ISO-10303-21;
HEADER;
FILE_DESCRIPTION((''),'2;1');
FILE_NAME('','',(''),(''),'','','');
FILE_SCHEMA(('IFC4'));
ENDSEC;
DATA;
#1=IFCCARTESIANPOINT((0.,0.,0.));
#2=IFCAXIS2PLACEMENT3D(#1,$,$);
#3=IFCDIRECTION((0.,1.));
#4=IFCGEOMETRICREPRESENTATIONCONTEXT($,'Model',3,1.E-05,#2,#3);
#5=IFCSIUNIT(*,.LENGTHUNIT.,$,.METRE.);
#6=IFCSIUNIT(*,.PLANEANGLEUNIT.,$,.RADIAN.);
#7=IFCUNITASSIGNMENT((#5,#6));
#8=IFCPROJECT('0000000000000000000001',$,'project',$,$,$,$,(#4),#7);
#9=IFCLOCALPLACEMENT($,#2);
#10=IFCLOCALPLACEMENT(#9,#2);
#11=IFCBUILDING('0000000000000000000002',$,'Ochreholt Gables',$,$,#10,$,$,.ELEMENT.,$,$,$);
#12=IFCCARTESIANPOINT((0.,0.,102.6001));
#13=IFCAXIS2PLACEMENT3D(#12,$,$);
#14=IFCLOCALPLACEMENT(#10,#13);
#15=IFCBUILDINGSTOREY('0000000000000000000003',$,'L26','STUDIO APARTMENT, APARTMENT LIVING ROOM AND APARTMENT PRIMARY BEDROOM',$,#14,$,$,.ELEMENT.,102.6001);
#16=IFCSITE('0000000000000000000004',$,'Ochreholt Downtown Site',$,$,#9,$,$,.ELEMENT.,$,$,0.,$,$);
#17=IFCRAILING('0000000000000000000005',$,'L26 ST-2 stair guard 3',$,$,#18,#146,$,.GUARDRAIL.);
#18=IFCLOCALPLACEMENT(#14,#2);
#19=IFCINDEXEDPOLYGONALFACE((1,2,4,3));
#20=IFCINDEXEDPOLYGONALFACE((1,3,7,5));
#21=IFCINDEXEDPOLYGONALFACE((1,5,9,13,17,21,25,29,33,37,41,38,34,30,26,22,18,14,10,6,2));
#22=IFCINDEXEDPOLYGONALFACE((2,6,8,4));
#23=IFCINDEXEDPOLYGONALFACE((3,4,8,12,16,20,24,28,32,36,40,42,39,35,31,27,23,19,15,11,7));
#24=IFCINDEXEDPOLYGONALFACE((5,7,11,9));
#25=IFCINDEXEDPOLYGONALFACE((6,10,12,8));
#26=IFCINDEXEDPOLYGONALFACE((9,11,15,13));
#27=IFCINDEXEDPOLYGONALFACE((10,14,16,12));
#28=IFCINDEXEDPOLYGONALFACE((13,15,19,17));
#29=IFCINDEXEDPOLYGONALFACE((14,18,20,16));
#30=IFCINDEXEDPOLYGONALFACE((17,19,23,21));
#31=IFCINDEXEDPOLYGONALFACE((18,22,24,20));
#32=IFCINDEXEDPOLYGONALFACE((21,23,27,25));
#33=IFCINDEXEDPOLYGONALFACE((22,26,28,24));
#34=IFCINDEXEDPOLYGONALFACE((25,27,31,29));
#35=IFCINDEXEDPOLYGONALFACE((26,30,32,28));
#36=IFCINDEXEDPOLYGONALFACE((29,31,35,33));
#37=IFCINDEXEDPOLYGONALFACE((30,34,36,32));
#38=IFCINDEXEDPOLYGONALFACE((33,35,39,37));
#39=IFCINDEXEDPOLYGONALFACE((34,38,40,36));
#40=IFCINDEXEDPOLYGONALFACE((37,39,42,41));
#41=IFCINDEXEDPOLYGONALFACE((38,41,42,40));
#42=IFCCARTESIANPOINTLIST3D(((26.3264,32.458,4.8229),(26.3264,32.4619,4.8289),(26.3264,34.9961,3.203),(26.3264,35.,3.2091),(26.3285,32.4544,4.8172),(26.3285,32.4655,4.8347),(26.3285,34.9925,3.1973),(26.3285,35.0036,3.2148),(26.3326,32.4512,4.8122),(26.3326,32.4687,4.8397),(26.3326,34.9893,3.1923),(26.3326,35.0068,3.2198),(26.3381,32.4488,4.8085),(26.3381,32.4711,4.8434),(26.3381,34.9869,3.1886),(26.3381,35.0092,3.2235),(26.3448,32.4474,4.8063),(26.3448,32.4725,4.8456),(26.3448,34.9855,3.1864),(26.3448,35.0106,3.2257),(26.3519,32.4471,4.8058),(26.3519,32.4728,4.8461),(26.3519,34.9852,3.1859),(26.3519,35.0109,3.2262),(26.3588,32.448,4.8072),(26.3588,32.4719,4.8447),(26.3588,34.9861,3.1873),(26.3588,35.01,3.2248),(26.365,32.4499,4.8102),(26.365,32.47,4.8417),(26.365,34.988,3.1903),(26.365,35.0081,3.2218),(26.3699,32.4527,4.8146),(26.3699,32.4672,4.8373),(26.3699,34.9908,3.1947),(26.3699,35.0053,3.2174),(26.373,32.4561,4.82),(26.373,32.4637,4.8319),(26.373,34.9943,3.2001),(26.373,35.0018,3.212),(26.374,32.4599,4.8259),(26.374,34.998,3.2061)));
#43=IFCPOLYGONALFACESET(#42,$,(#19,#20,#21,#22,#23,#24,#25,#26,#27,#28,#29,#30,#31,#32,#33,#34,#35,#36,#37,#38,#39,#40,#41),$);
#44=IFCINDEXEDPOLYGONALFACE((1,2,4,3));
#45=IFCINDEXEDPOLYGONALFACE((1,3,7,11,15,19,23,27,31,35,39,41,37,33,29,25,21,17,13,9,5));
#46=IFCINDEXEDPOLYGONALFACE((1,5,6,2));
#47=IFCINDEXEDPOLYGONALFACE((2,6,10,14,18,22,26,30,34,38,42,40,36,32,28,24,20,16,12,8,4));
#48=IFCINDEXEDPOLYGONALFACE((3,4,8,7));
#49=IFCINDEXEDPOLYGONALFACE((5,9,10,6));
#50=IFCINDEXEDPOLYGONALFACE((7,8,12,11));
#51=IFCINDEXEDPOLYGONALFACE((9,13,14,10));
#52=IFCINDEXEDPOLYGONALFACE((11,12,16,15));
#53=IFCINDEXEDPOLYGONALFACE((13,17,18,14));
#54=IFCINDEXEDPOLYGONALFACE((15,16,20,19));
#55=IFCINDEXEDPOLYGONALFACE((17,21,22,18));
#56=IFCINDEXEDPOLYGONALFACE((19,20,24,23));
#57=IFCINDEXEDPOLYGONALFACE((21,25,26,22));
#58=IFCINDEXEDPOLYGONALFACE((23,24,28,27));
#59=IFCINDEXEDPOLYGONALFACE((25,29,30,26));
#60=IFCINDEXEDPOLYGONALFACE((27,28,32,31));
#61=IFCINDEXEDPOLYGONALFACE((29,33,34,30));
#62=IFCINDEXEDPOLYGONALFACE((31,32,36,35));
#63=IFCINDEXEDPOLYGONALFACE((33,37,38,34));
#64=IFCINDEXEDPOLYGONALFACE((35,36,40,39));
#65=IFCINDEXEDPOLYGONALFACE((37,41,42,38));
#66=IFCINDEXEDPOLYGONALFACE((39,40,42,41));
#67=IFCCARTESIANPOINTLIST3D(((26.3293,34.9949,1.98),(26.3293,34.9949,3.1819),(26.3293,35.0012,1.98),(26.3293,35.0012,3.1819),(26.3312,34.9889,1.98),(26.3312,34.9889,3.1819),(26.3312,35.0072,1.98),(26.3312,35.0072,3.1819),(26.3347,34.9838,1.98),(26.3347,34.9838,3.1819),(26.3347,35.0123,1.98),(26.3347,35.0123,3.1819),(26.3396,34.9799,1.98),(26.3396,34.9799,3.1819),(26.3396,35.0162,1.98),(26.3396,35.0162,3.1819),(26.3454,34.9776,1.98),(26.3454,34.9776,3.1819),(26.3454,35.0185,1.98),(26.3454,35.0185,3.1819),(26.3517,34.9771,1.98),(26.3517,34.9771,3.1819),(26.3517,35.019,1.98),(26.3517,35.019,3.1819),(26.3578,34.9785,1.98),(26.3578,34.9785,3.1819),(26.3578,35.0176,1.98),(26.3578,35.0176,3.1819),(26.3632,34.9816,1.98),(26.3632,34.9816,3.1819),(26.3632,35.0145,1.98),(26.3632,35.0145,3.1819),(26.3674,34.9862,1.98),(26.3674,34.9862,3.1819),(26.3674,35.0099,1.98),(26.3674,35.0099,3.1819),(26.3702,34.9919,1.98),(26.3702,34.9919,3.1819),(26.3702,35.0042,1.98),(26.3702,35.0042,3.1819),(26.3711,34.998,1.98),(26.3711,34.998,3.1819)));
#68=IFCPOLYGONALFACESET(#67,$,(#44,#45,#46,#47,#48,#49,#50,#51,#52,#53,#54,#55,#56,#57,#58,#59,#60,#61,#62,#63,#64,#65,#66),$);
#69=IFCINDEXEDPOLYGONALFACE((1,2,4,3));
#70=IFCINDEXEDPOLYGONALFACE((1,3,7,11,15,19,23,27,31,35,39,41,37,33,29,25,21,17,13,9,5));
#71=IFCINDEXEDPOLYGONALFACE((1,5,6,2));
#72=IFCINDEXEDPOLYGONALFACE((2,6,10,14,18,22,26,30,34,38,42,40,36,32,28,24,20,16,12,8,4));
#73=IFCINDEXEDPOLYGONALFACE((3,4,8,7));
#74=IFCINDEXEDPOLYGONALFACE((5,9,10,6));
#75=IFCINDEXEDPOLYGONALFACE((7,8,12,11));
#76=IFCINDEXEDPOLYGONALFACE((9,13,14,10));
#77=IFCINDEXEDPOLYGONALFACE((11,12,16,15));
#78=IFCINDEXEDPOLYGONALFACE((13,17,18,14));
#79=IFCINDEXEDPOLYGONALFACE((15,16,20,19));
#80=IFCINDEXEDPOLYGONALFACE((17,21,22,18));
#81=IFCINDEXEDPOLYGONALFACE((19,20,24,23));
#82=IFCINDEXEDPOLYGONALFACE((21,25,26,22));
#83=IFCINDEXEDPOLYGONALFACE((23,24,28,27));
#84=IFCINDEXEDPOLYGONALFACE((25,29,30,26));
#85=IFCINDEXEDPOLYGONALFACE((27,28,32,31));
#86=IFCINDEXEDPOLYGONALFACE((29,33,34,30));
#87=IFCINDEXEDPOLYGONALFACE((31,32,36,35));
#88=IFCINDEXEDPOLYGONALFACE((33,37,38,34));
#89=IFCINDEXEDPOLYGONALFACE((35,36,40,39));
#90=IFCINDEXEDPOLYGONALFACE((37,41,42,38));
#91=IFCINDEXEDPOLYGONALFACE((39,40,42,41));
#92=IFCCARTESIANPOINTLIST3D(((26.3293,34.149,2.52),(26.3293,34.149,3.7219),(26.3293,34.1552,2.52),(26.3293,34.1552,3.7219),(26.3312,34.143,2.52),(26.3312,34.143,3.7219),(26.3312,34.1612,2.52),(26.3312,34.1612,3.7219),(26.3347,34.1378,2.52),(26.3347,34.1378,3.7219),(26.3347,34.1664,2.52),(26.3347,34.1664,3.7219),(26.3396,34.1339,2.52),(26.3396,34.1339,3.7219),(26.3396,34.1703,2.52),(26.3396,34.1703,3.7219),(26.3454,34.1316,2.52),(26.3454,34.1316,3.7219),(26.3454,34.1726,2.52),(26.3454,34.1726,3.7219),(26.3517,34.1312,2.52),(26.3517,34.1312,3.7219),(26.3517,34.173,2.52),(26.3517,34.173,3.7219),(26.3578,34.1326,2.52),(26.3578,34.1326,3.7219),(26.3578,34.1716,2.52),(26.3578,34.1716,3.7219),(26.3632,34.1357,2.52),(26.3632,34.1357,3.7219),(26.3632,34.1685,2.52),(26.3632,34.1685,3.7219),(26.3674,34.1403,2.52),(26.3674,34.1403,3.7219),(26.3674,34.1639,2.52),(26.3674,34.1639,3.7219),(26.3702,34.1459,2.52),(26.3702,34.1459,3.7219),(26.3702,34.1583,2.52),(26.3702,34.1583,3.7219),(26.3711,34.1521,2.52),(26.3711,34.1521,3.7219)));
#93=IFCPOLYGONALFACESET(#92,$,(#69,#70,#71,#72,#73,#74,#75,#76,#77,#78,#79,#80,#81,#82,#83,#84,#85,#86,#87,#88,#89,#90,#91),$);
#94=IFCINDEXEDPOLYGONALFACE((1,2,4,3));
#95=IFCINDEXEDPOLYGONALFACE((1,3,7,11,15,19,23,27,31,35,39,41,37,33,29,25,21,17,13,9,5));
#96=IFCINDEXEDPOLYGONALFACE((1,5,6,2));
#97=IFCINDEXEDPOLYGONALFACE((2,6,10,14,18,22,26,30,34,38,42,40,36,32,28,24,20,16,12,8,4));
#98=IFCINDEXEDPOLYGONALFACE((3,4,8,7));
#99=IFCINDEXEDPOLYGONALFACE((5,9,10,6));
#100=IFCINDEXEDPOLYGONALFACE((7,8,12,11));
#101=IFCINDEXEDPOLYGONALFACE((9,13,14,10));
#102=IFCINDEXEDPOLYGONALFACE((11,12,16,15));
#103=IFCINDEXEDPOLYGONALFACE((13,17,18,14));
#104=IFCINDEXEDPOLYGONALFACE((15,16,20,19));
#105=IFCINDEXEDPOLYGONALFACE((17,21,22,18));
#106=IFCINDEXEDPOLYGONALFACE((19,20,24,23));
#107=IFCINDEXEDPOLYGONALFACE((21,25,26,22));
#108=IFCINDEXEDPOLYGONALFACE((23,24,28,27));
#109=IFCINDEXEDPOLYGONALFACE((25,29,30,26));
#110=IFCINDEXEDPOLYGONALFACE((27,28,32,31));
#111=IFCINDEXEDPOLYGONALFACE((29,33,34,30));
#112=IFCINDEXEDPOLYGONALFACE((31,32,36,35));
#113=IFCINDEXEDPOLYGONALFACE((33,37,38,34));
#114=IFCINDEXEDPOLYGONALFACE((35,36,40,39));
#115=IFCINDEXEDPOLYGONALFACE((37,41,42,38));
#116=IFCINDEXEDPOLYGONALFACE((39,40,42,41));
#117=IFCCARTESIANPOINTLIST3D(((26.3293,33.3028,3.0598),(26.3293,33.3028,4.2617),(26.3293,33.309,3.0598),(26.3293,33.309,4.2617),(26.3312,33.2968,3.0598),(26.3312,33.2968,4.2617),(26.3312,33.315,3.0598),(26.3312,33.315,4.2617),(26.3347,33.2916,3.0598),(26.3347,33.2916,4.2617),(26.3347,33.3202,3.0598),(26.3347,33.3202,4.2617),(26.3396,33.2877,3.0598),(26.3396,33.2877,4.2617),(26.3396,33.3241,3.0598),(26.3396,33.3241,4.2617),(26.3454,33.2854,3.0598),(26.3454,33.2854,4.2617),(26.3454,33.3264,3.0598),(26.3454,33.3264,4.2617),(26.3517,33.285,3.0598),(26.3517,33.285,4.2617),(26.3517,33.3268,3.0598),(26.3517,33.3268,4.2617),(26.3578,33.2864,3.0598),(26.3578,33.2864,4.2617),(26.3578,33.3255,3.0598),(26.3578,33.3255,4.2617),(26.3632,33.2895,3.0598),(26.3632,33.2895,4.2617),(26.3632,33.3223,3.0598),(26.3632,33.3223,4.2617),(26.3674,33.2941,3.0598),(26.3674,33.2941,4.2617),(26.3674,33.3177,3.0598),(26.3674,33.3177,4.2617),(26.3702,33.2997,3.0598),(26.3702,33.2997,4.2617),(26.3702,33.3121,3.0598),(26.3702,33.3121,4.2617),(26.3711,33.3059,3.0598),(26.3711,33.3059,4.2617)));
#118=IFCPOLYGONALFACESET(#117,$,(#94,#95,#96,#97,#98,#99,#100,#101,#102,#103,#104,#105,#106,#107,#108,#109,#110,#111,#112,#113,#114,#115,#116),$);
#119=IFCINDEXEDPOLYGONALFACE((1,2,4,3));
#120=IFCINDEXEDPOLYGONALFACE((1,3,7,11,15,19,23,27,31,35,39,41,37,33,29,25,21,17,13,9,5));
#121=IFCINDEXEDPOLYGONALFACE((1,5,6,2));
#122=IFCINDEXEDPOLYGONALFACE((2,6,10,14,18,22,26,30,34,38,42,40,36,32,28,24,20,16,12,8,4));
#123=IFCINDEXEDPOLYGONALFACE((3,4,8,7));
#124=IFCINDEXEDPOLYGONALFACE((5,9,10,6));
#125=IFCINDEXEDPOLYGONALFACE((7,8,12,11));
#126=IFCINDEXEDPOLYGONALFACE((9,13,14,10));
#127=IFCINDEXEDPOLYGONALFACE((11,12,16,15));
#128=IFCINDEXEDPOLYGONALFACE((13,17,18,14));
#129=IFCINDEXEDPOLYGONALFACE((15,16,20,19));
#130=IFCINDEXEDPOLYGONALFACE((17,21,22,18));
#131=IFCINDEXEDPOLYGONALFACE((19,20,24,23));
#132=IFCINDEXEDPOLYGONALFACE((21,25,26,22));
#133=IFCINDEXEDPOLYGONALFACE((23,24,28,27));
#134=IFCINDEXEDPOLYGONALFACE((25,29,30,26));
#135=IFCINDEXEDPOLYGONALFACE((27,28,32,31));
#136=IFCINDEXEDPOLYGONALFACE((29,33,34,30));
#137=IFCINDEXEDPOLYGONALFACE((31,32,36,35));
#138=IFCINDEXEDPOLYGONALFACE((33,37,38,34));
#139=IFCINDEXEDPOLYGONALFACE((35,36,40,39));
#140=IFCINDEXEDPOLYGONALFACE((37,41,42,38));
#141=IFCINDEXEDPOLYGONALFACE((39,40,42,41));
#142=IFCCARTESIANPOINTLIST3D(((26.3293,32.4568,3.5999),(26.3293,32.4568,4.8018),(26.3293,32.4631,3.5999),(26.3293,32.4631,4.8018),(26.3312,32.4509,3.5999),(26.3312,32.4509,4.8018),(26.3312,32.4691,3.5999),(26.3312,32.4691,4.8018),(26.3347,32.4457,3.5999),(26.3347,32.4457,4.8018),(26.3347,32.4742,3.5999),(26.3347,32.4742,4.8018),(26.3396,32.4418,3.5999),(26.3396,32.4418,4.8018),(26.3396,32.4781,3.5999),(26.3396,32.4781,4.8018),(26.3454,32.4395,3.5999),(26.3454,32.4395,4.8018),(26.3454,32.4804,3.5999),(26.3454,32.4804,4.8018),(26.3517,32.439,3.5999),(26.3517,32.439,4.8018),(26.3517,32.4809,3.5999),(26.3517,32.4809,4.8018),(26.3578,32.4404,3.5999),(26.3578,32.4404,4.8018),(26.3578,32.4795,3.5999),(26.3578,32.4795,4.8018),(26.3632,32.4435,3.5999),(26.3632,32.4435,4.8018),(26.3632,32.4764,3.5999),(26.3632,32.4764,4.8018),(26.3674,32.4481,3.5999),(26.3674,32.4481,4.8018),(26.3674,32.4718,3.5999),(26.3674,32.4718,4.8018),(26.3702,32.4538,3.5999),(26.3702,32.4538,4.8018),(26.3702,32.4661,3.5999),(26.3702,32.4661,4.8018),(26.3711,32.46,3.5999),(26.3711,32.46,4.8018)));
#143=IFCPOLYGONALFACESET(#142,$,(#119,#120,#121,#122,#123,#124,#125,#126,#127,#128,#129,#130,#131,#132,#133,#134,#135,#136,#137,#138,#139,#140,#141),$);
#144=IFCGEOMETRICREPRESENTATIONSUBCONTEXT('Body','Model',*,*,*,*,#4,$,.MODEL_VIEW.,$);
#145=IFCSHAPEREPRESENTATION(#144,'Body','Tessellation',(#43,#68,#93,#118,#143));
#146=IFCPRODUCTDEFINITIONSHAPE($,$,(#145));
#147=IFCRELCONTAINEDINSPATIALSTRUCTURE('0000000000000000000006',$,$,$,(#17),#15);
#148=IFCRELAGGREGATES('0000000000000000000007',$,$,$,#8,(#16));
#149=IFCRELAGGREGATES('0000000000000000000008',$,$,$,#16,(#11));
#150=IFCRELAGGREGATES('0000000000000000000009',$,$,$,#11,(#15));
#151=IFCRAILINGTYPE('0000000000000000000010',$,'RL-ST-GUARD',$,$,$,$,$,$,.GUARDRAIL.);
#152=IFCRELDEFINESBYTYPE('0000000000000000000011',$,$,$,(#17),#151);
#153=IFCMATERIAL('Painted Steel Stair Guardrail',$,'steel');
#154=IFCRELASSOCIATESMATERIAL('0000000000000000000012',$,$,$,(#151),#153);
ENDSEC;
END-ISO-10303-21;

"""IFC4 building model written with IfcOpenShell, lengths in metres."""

from ifc_helpers import new_model, si_unit, direction, frame, origin, origin_2d, place, context, subcontext, project, spatial, circle, extrude, material, type_object, element, save


model = new_model("IFC4")

# Units and contexts
model_context = context("Model", 3, precision=1e-05, world=origin(), true_north=direction((0.0, 1.0)))
body_context = subcontext(model_context, "Body", "Model", "MODEL_VIEW")
ifc_project = project(units=[si_unit("LENGTHUNIT", "METRE"), si_unit("PLANEANGLEUNIT", "RADIAN")], contexts=[model_context])

# Site, building, storey
site_placement = place(None, origin())
site = spatial("IfcSite", under=ifc_project, at=site_placement, Name="Ochreholt Downtown Site", CompositionType="ELEMENT", RefElevation=0.0)
building_placement = place(site_placement, origin())
building = spatial("IfcBuilding", under=site, at=building_placement, Name="Ochreholt Gables", CompositionType="ELEMENT")
storey_placement = place(building_placement, frame((0.0, 0.0, 102.6001)))
storey = spatial("IfcBuildingStorey", under=building, at=storey_placement, Name="L26", Description="STUDIO APARTMENT, APARTMENT LIVING ROOM AND APARTMENT PRIMARY BEDROOM", CompositionType="ELEMENT", Elevation=102.6001)

# Railing
ifc_material_1 = material(Name="Painted Steel Stair Guardrail", Category="steel")
railing_type = type_object("IfcRailingType", Name="RL-ST-GUARD", PredefinedType="GUARDRAIL", material=ifc_material_1)
railing_1_placement = place(storey_placement, frame((26.3501, 34.998, 1.98)))
element("IfcRailing", 1, at=railing_1_placement, inside=storey, type_object=railing_type, Name="L26 ST-2 stair guard 3", PredefinedType="GUARDRAIL", context=body_context, shape_type="SweptSolid", body=[
    extrude(circle(Radius=0.0239, at=origin_2d()), frame((0.0, 0.0, 1.2261), z_axis=(0.0, -0.84295, 0.537993), x_axis=(1.0, 0.0, 0.0)), (0.0, 0.0, 1.0), 3.011),
    extrude(circle(Radius=0.021, at=origin_2d()), origin(), (0.0, 0.0, 1.0), 1.2019),
    extrude(circle(Radius=0.021, at=origin_2d()), frame((0.0, -0.8459, 0.54)), (0.0, 0.0, 1.0), 1.2019),
    extrude(circle(Radius=0.021, at=origin_2d()), frame((0.0, -1.6921, 1.0798)), (0.0, 0.0, 1.0), 1.2019),
    extrude(circle(Radius=0.021, at=origin_2d()), frame((0.0, -2.5381, 1.6199)), (0.0, 0.0, 1.0), 1.2019),
])

save(model, "model.ifc")
